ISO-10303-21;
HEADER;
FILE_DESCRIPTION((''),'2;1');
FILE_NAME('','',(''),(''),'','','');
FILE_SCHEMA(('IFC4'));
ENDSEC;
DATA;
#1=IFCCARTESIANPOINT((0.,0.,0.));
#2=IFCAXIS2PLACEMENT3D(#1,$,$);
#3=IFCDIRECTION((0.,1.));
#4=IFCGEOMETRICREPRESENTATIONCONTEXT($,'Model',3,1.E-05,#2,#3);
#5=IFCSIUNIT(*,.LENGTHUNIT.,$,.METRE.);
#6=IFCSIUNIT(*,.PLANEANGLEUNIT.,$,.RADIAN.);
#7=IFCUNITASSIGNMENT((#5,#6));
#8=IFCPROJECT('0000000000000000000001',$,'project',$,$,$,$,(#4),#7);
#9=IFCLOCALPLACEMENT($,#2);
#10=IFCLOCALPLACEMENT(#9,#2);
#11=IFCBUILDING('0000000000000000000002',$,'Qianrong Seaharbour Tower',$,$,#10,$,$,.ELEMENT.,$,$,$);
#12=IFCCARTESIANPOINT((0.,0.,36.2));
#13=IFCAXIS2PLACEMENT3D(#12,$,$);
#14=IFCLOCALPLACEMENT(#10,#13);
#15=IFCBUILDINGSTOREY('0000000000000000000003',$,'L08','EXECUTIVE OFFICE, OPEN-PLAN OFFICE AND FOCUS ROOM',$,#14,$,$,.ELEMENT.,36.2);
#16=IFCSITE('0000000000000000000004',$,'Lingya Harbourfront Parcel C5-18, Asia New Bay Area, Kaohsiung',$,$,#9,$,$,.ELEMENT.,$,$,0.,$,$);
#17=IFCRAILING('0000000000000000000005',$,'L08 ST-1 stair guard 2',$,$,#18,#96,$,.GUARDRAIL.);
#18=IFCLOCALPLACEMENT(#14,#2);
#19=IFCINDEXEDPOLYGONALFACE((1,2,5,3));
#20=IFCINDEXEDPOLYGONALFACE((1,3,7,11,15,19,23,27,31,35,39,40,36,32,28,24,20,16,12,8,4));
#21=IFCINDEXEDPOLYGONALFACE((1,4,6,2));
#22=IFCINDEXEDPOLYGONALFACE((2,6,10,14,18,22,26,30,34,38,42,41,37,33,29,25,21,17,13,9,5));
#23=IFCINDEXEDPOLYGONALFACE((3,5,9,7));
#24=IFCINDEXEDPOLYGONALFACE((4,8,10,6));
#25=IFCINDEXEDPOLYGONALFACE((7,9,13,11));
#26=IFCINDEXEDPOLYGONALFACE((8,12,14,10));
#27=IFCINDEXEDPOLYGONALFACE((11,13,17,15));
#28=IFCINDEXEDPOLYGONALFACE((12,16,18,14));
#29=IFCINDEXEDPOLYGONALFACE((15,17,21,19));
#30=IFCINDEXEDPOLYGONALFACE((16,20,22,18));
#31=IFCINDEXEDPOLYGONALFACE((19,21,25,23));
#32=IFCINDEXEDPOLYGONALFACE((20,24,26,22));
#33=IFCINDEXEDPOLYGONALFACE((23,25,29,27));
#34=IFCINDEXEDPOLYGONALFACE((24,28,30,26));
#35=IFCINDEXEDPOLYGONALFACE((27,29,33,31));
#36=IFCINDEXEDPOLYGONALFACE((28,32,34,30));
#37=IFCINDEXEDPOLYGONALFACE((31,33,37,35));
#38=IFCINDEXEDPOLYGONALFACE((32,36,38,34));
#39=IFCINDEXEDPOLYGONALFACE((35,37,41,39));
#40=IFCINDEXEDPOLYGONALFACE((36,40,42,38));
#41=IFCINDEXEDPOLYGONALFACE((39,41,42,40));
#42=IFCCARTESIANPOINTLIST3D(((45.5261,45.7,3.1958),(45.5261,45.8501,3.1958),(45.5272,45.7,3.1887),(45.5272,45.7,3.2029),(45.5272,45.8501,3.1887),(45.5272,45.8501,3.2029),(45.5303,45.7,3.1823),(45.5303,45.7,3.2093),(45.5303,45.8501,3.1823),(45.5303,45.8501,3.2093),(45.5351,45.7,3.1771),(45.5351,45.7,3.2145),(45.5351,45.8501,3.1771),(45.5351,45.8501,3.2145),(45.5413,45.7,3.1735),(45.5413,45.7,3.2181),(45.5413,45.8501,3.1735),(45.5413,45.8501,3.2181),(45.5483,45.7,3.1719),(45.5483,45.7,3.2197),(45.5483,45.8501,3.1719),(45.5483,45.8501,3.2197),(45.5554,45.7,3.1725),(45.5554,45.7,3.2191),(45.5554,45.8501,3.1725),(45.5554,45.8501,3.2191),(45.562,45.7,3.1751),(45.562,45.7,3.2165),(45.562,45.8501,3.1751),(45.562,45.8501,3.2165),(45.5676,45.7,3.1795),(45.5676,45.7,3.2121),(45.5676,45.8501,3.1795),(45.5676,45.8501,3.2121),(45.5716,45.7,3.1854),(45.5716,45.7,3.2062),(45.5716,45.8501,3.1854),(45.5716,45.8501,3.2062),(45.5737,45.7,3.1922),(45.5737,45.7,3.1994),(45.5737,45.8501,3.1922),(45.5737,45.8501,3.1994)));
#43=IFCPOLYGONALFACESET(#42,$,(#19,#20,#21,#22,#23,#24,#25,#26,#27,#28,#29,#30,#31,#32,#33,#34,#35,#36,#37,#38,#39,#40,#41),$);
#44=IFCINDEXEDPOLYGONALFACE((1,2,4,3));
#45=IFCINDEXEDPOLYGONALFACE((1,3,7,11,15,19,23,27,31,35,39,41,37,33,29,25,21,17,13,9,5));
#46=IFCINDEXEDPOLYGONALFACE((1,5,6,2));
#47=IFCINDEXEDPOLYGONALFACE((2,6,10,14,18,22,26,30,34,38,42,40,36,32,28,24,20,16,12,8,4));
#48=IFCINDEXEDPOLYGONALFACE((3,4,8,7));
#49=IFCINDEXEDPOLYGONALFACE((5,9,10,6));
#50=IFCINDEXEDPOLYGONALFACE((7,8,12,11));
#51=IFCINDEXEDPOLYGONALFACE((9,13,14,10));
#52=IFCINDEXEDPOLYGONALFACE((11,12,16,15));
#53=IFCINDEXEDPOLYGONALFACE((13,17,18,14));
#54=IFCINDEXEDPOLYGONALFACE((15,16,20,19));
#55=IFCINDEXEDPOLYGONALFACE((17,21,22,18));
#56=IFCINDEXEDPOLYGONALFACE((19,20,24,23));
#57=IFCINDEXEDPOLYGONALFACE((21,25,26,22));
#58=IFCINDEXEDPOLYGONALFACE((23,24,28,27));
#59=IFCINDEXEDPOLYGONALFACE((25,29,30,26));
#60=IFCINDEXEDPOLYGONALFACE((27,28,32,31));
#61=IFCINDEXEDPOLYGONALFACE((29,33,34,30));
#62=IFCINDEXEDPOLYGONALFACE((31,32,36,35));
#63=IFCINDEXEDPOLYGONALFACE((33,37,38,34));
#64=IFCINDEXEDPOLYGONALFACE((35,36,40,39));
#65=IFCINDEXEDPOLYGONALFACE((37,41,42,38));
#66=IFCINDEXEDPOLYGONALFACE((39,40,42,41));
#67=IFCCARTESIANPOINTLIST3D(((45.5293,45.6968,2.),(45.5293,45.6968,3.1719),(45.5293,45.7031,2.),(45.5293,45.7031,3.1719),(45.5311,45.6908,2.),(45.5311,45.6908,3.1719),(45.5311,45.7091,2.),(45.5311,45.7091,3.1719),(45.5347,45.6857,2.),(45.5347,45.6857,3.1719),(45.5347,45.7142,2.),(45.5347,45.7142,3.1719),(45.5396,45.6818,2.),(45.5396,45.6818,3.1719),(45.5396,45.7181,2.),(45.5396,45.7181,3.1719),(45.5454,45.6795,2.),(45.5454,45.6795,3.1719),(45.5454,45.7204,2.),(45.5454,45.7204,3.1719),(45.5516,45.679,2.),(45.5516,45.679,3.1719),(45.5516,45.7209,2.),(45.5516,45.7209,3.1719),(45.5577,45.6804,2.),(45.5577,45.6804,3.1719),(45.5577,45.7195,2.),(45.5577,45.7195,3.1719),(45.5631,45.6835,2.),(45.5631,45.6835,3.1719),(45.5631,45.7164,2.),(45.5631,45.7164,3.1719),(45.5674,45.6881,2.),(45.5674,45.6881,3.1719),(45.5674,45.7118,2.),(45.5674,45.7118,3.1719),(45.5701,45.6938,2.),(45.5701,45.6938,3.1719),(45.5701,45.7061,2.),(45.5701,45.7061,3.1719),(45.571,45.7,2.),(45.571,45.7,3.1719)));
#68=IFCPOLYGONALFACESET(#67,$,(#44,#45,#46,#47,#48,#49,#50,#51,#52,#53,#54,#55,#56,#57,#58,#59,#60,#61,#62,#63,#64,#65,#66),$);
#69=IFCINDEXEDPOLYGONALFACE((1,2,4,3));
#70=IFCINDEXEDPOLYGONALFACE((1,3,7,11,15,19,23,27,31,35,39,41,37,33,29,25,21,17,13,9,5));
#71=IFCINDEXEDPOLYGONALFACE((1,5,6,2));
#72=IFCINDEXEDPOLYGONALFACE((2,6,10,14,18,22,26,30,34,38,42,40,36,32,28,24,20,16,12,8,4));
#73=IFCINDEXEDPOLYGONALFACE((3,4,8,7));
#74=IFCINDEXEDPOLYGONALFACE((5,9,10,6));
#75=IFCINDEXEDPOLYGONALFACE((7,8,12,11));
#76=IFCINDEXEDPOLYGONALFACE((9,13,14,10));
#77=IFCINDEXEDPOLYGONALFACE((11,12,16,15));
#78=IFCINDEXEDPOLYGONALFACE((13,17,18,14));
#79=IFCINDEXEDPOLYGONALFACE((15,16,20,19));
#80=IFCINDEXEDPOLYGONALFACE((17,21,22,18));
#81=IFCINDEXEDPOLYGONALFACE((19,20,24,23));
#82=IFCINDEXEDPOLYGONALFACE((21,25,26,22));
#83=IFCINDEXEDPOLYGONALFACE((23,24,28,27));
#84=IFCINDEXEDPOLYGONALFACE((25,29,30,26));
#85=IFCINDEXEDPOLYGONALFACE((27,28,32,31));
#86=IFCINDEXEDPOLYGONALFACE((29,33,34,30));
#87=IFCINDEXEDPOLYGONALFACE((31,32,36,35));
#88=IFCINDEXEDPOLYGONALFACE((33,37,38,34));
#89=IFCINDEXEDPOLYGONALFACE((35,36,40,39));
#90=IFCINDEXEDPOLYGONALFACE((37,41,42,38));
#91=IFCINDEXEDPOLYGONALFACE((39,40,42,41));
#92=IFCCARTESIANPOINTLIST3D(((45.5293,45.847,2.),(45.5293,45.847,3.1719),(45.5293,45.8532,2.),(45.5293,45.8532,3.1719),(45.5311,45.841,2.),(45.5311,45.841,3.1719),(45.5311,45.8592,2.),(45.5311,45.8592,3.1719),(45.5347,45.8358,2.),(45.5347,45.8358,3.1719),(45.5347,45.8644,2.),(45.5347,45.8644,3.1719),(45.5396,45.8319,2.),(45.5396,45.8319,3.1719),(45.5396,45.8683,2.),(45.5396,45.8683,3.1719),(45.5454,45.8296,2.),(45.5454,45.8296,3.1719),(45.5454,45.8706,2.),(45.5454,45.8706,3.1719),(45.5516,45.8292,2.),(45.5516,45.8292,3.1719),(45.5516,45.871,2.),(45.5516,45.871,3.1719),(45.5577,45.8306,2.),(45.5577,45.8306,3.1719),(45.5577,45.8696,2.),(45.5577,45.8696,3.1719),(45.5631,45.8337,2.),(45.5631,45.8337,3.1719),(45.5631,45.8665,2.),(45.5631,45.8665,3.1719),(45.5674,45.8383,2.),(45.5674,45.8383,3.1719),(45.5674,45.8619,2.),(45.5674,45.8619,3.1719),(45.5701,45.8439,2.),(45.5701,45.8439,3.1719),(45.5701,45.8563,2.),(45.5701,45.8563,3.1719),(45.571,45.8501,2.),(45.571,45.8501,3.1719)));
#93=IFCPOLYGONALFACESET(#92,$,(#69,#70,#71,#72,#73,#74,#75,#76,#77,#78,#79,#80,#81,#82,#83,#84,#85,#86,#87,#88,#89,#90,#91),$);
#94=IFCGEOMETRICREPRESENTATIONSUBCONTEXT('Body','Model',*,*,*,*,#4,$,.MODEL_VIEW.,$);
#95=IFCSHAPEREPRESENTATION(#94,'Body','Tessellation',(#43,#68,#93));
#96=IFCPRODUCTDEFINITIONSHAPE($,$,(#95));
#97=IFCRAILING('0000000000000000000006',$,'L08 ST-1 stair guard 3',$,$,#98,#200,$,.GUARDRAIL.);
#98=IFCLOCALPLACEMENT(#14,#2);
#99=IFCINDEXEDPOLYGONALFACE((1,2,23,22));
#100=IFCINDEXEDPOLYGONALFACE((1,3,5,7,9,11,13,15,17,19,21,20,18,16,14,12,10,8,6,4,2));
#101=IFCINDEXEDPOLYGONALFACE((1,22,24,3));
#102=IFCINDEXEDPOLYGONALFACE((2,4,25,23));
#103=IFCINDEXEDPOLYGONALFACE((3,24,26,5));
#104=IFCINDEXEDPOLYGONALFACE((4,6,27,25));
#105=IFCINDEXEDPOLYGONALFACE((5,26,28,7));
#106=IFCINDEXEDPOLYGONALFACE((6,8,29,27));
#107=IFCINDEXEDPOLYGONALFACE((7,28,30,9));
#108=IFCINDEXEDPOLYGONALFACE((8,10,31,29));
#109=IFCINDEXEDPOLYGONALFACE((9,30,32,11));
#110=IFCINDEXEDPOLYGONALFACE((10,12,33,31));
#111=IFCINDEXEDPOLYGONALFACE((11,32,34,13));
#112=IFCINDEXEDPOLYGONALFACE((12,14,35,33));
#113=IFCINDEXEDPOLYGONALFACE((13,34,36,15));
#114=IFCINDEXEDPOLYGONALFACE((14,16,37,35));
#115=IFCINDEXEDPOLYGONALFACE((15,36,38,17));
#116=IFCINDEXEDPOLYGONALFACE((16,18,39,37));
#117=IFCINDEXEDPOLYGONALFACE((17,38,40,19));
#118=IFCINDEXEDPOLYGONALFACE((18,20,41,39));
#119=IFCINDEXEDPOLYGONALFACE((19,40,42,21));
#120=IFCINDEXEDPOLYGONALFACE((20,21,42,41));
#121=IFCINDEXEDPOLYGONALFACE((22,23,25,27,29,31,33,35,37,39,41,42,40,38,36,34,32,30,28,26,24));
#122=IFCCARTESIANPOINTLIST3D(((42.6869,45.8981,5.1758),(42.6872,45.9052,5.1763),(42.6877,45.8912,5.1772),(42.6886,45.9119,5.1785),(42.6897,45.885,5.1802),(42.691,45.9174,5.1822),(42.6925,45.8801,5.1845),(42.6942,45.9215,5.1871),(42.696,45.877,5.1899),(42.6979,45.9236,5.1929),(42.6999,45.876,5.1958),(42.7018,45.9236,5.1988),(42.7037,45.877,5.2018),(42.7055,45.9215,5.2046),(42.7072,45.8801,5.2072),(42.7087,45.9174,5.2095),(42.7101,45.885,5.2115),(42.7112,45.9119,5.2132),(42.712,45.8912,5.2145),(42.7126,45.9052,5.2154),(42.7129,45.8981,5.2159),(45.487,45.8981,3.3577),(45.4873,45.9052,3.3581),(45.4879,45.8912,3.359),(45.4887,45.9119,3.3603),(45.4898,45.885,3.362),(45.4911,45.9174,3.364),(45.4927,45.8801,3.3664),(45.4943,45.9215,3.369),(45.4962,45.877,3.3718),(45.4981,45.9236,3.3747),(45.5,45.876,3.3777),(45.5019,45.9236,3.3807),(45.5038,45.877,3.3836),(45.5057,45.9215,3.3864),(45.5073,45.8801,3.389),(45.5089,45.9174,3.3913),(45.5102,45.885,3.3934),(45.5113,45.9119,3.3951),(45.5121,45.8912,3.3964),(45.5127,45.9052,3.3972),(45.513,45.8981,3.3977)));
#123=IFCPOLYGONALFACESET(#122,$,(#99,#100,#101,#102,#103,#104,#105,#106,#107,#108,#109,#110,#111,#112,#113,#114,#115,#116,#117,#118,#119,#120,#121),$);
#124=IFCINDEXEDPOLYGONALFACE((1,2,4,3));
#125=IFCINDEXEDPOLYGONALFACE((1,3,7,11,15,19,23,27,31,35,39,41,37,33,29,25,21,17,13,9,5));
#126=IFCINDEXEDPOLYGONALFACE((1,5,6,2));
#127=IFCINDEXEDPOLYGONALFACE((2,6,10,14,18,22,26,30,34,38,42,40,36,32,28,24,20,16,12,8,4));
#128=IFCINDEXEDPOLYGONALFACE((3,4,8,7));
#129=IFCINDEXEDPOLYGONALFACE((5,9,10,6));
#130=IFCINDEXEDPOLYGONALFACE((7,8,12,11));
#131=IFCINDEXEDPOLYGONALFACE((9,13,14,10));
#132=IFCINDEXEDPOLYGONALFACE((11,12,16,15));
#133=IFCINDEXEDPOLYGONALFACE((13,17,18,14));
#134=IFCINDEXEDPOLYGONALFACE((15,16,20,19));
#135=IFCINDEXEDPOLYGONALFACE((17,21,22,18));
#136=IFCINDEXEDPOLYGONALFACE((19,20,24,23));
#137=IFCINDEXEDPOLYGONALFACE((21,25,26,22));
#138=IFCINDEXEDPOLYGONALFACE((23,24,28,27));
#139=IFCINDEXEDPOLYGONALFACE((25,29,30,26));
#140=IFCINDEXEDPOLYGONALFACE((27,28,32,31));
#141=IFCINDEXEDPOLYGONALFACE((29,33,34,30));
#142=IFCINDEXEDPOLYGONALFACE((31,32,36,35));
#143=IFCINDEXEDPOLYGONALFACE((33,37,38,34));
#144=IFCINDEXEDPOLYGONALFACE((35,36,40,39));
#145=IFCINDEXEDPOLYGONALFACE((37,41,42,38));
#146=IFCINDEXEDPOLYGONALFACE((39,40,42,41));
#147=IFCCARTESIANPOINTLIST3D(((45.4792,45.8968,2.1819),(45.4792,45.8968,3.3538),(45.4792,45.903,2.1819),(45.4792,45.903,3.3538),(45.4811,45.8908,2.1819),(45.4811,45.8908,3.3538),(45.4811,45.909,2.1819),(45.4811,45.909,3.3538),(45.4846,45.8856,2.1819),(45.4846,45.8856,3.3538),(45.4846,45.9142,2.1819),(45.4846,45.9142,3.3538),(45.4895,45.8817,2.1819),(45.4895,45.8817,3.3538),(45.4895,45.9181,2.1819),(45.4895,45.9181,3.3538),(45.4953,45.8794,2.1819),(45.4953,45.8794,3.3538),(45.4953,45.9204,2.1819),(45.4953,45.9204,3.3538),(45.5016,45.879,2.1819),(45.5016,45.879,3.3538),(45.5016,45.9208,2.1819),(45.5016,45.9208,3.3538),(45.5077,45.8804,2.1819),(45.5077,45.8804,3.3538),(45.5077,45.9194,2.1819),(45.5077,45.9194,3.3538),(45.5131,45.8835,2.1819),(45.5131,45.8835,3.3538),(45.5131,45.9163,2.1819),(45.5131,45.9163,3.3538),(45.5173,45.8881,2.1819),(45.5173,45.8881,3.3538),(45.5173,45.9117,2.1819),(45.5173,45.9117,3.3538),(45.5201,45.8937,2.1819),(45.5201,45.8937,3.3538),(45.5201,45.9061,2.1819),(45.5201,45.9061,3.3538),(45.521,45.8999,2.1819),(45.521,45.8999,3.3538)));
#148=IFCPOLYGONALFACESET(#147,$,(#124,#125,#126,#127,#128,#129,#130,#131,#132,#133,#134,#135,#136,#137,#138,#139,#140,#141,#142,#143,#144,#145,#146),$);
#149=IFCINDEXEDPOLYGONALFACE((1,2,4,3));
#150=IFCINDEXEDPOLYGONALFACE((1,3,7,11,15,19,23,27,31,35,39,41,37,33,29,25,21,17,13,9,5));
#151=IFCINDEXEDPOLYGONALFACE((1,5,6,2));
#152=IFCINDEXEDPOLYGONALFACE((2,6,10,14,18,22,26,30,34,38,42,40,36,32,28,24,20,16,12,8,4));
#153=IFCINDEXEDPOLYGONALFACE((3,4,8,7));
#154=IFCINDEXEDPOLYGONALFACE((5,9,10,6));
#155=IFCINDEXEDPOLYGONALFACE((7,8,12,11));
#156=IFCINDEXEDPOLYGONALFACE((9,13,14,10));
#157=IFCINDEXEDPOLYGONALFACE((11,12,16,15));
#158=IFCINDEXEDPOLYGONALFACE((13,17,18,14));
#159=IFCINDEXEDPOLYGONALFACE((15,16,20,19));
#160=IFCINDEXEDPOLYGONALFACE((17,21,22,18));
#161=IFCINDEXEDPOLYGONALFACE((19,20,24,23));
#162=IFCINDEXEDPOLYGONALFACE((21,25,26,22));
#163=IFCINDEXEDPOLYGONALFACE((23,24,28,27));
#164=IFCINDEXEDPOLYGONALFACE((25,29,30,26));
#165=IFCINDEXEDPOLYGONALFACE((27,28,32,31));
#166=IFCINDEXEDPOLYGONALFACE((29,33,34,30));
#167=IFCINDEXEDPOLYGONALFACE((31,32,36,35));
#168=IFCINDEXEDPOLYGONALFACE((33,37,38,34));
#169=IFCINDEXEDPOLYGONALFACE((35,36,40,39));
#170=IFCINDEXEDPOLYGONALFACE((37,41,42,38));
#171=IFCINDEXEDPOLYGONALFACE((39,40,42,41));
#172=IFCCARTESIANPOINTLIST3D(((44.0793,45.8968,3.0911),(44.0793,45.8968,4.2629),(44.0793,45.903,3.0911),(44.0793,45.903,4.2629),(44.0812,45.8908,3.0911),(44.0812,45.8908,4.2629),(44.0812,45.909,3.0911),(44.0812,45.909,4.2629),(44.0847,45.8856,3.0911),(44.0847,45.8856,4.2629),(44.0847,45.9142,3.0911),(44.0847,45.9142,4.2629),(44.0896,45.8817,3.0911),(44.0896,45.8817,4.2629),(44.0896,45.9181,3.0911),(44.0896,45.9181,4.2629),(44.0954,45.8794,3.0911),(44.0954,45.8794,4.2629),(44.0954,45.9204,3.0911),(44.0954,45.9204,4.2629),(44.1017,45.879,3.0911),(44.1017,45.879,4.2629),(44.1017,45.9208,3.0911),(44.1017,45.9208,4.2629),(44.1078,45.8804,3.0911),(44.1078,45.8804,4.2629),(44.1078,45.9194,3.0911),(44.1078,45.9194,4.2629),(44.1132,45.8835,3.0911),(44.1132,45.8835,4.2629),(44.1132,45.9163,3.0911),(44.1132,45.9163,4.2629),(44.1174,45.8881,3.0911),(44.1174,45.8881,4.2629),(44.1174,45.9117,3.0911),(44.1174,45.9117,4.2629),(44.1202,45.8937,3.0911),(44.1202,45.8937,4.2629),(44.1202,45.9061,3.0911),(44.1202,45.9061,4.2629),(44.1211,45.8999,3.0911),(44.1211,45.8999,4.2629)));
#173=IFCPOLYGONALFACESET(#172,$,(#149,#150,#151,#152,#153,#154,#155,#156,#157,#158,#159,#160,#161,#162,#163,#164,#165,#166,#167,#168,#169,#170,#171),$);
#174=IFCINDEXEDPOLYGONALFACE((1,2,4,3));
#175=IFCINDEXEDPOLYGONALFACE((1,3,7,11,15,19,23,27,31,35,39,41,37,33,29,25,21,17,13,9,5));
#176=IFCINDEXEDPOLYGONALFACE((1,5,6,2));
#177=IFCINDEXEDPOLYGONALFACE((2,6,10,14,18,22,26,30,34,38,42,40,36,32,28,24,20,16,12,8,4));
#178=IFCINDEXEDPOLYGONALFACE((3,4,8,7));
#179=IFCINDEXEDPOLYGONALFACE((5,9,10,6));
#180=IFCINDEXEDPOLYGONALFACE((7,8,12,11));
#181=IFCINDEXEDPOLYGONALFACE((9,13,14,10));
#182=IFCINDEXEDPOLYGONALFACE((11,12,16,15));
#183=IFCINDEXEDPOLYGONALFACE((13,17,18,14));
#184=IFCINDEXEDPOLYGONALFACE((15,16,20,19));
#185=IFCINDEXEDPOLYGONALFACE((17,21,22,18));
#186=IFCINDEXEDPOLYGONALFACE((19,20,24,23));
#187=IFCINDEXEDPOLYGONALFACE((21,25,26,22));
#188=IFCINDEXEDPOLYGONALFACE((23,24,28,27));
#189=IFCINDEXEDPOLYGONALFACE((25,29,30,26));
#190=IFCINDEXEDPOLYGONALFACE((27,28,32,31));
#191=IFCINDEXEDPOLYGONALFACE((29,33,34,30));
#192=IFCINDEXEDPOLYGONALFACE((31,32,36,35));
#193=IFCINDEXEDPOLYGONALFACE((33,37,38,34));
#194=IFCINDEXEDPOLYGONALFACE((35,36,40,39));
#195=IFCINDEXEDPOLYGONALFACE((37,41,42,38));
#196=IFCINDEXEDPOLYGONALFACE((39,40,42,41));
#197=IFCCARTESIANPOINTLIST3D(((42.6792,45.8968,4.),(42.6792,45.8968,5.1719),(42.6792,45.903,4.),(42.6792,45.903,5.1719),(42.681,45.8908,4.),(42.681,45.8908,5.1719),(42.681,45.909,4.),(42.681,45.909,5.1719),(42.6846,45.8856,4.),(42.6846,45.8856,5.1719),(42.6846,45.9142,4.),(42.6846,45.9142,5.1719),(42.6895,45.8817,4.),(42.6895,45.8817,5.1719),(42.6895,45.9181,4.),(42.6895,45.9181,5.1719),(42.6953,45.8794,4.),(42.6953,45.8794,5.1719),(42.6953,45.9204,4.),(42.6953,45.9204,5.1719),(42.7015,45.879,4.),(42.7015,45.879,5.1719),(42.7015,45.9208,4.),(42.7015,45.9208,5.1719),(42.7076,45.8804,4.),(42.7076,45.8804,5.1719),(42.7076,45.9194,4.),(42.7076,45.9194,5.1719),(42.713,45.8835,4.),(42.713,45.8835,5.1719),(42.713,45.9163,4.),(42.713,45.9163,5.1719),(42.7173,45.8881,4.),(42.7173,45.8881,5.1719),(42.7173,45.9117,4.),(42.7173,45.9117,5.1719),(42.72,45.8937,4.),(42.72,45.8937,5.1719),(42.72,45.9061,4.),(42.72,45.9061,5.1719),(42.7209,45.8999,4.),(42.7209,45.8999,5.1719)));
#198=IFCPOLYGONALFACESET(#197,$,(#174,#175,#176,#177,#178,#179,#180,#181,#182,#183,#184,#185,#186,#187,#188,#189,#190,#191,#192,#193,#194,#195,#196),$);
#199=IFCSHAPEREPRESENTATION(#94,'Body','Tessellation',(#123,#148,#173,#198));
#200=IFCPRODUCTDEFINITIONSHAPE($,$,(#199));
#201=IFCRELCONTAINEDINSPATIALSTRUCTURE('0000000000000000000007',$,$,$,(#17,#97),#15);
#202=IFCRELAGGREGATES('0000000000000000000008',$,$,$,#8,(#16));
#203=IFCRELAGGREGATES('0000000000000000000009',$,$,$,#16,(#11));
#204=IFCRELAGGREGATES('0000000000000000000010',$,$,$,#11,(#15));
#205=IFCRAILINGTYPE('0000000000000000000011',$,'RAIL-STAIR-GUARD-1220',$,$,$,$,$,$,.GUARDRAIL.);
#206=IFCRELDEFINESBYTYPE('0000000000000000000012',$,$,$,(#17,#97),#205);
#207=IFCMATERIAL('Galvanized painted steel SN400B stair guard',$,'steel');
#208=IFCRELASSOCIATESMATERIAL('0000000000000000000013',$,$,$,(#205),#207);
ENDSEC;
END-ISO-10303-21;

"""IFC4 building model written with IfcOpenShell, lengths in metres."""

from ifc_helpers import new_model, si_unit, direction, frame, origin, origin_2d, place, context, subcontext, project, spatial, circle, extrude, material, type_object, element, save


model = new_model("IFC4")

# Units and contexts
model_context = context("Model", 3, precision=1e-05, world=origin(), true_north=direction((0.0, 1.0)))
body_context = subcontext(model_context, "Body", "Model", "MODEL_VIEW")
ifc_project = project(units=[si_unit("LENGTHUNIT", "METRE"), si_unit("PLANEANGLEUNIT", "RADIAN")], contexts=[model_context])

# Site, building, storey
site_placement = place(None, origin())
site = spatial("IfcSite", under=ifc_project, at=site_placement, Name="Lingya Harbourfront Parcel C5-18, Asia New Bay Area, Kaohsiung", CompositionType="ELEMENT", RefElevation=0.0)
building_placement = place(site_placement, origin())
building = spatial("IfcBuilding", under=site, at=building_placement, Name="Qianrong Seaharbour Tower", CompositionType="ELEMENT")
storey_placement = place(building_placement, frame((0.0, 0.0, 36.2)))
storey = spatial("IfcBuildingStorey", under=building, at=storey_placement, Name="L08", Description="EXECUTIVE OFFICE, OPEN-PLAN OFFICE AND FOCUS ROOM", CompositionType="ELEMENT", Elevation=36.2)

# Railings
ifc_material_1 = material(Name="Galvanized painted steel SN400B stair guard", Category="steel")
railing_type_1 = type_object("IfcRailingType", Name="RAIL-STAIR-GUARD-1220", PredefinedType="GUARDRAIL", material=ifc_material_1)
railing_1_placement = place(storey_placement, frame((45.55, 45.7, 2.0)))
element("IfcRailing", 1, at=railing_1_placement, inside=storey, type_object=railing_type_1, Name="L08 ST-1 stair guard 2", PredefinedType="GUARDRAIL", context=body_context, shape_type="SweptSolid", body=[
    extrude(circle(Radius=0.0239, at=origin_2d()), frame((0.0, 0.0, 1.1958), z_axis=(0.0, 1.0, 0.0), x_axis=(-1.0, 0.0, 0.0)), (0.0, 0.0, 1.0), 0.1501),
    extrude(circle(Radius=0.021, at=origin_2d()), origin(), (0.0, 0.0, 1.0), 1.1719),
    extrude(circle(Radius=0.021, at=origin_2d()), frame((0.0, 0.1501, 0.0)), (0.0, 0.0, 1.0), 1.1719),
])
railing_2_placement = place(storey_placement, frame((45.5, 45.8999, 2.1819)))
element("IfcRailing", 2, at=railing_2_placement, inside=storey, type_object=railing_type_1, Name="L08 ST-1 stair guard 3", PredefinedType="GUARDRAIL", context=body_context, shape_type="SweptSolid", body=[
    extrude(circle(Radius=0.0239, at=origin_2d()), frame((0.0, 0.0, 1.1958), z_axis=(-0.838706, 0.0, 0.544585), x_axis=(0.0, -1.0, 0.0)), (0.0, 0.0, 1.0), 3.3386),
    extrude(circle(Radius=0.021, at=origin_2d()), origin(), (0.0, 0.0, 1.0), 1.1719),
    extrude(circle(Radius=0.021, at=origin_2d()), frame((-1.3999, 0.0, 0.9092)), (0.0, 0.0, 1.0), 1.1719),
    extrude(circle(Radius=0.021, at=origin_2d()), frame((-2.8, 0.0, 1.8181)), (0.0, 0.0, 1.0), 1.1719),
])

save(model, "model.ifc")
